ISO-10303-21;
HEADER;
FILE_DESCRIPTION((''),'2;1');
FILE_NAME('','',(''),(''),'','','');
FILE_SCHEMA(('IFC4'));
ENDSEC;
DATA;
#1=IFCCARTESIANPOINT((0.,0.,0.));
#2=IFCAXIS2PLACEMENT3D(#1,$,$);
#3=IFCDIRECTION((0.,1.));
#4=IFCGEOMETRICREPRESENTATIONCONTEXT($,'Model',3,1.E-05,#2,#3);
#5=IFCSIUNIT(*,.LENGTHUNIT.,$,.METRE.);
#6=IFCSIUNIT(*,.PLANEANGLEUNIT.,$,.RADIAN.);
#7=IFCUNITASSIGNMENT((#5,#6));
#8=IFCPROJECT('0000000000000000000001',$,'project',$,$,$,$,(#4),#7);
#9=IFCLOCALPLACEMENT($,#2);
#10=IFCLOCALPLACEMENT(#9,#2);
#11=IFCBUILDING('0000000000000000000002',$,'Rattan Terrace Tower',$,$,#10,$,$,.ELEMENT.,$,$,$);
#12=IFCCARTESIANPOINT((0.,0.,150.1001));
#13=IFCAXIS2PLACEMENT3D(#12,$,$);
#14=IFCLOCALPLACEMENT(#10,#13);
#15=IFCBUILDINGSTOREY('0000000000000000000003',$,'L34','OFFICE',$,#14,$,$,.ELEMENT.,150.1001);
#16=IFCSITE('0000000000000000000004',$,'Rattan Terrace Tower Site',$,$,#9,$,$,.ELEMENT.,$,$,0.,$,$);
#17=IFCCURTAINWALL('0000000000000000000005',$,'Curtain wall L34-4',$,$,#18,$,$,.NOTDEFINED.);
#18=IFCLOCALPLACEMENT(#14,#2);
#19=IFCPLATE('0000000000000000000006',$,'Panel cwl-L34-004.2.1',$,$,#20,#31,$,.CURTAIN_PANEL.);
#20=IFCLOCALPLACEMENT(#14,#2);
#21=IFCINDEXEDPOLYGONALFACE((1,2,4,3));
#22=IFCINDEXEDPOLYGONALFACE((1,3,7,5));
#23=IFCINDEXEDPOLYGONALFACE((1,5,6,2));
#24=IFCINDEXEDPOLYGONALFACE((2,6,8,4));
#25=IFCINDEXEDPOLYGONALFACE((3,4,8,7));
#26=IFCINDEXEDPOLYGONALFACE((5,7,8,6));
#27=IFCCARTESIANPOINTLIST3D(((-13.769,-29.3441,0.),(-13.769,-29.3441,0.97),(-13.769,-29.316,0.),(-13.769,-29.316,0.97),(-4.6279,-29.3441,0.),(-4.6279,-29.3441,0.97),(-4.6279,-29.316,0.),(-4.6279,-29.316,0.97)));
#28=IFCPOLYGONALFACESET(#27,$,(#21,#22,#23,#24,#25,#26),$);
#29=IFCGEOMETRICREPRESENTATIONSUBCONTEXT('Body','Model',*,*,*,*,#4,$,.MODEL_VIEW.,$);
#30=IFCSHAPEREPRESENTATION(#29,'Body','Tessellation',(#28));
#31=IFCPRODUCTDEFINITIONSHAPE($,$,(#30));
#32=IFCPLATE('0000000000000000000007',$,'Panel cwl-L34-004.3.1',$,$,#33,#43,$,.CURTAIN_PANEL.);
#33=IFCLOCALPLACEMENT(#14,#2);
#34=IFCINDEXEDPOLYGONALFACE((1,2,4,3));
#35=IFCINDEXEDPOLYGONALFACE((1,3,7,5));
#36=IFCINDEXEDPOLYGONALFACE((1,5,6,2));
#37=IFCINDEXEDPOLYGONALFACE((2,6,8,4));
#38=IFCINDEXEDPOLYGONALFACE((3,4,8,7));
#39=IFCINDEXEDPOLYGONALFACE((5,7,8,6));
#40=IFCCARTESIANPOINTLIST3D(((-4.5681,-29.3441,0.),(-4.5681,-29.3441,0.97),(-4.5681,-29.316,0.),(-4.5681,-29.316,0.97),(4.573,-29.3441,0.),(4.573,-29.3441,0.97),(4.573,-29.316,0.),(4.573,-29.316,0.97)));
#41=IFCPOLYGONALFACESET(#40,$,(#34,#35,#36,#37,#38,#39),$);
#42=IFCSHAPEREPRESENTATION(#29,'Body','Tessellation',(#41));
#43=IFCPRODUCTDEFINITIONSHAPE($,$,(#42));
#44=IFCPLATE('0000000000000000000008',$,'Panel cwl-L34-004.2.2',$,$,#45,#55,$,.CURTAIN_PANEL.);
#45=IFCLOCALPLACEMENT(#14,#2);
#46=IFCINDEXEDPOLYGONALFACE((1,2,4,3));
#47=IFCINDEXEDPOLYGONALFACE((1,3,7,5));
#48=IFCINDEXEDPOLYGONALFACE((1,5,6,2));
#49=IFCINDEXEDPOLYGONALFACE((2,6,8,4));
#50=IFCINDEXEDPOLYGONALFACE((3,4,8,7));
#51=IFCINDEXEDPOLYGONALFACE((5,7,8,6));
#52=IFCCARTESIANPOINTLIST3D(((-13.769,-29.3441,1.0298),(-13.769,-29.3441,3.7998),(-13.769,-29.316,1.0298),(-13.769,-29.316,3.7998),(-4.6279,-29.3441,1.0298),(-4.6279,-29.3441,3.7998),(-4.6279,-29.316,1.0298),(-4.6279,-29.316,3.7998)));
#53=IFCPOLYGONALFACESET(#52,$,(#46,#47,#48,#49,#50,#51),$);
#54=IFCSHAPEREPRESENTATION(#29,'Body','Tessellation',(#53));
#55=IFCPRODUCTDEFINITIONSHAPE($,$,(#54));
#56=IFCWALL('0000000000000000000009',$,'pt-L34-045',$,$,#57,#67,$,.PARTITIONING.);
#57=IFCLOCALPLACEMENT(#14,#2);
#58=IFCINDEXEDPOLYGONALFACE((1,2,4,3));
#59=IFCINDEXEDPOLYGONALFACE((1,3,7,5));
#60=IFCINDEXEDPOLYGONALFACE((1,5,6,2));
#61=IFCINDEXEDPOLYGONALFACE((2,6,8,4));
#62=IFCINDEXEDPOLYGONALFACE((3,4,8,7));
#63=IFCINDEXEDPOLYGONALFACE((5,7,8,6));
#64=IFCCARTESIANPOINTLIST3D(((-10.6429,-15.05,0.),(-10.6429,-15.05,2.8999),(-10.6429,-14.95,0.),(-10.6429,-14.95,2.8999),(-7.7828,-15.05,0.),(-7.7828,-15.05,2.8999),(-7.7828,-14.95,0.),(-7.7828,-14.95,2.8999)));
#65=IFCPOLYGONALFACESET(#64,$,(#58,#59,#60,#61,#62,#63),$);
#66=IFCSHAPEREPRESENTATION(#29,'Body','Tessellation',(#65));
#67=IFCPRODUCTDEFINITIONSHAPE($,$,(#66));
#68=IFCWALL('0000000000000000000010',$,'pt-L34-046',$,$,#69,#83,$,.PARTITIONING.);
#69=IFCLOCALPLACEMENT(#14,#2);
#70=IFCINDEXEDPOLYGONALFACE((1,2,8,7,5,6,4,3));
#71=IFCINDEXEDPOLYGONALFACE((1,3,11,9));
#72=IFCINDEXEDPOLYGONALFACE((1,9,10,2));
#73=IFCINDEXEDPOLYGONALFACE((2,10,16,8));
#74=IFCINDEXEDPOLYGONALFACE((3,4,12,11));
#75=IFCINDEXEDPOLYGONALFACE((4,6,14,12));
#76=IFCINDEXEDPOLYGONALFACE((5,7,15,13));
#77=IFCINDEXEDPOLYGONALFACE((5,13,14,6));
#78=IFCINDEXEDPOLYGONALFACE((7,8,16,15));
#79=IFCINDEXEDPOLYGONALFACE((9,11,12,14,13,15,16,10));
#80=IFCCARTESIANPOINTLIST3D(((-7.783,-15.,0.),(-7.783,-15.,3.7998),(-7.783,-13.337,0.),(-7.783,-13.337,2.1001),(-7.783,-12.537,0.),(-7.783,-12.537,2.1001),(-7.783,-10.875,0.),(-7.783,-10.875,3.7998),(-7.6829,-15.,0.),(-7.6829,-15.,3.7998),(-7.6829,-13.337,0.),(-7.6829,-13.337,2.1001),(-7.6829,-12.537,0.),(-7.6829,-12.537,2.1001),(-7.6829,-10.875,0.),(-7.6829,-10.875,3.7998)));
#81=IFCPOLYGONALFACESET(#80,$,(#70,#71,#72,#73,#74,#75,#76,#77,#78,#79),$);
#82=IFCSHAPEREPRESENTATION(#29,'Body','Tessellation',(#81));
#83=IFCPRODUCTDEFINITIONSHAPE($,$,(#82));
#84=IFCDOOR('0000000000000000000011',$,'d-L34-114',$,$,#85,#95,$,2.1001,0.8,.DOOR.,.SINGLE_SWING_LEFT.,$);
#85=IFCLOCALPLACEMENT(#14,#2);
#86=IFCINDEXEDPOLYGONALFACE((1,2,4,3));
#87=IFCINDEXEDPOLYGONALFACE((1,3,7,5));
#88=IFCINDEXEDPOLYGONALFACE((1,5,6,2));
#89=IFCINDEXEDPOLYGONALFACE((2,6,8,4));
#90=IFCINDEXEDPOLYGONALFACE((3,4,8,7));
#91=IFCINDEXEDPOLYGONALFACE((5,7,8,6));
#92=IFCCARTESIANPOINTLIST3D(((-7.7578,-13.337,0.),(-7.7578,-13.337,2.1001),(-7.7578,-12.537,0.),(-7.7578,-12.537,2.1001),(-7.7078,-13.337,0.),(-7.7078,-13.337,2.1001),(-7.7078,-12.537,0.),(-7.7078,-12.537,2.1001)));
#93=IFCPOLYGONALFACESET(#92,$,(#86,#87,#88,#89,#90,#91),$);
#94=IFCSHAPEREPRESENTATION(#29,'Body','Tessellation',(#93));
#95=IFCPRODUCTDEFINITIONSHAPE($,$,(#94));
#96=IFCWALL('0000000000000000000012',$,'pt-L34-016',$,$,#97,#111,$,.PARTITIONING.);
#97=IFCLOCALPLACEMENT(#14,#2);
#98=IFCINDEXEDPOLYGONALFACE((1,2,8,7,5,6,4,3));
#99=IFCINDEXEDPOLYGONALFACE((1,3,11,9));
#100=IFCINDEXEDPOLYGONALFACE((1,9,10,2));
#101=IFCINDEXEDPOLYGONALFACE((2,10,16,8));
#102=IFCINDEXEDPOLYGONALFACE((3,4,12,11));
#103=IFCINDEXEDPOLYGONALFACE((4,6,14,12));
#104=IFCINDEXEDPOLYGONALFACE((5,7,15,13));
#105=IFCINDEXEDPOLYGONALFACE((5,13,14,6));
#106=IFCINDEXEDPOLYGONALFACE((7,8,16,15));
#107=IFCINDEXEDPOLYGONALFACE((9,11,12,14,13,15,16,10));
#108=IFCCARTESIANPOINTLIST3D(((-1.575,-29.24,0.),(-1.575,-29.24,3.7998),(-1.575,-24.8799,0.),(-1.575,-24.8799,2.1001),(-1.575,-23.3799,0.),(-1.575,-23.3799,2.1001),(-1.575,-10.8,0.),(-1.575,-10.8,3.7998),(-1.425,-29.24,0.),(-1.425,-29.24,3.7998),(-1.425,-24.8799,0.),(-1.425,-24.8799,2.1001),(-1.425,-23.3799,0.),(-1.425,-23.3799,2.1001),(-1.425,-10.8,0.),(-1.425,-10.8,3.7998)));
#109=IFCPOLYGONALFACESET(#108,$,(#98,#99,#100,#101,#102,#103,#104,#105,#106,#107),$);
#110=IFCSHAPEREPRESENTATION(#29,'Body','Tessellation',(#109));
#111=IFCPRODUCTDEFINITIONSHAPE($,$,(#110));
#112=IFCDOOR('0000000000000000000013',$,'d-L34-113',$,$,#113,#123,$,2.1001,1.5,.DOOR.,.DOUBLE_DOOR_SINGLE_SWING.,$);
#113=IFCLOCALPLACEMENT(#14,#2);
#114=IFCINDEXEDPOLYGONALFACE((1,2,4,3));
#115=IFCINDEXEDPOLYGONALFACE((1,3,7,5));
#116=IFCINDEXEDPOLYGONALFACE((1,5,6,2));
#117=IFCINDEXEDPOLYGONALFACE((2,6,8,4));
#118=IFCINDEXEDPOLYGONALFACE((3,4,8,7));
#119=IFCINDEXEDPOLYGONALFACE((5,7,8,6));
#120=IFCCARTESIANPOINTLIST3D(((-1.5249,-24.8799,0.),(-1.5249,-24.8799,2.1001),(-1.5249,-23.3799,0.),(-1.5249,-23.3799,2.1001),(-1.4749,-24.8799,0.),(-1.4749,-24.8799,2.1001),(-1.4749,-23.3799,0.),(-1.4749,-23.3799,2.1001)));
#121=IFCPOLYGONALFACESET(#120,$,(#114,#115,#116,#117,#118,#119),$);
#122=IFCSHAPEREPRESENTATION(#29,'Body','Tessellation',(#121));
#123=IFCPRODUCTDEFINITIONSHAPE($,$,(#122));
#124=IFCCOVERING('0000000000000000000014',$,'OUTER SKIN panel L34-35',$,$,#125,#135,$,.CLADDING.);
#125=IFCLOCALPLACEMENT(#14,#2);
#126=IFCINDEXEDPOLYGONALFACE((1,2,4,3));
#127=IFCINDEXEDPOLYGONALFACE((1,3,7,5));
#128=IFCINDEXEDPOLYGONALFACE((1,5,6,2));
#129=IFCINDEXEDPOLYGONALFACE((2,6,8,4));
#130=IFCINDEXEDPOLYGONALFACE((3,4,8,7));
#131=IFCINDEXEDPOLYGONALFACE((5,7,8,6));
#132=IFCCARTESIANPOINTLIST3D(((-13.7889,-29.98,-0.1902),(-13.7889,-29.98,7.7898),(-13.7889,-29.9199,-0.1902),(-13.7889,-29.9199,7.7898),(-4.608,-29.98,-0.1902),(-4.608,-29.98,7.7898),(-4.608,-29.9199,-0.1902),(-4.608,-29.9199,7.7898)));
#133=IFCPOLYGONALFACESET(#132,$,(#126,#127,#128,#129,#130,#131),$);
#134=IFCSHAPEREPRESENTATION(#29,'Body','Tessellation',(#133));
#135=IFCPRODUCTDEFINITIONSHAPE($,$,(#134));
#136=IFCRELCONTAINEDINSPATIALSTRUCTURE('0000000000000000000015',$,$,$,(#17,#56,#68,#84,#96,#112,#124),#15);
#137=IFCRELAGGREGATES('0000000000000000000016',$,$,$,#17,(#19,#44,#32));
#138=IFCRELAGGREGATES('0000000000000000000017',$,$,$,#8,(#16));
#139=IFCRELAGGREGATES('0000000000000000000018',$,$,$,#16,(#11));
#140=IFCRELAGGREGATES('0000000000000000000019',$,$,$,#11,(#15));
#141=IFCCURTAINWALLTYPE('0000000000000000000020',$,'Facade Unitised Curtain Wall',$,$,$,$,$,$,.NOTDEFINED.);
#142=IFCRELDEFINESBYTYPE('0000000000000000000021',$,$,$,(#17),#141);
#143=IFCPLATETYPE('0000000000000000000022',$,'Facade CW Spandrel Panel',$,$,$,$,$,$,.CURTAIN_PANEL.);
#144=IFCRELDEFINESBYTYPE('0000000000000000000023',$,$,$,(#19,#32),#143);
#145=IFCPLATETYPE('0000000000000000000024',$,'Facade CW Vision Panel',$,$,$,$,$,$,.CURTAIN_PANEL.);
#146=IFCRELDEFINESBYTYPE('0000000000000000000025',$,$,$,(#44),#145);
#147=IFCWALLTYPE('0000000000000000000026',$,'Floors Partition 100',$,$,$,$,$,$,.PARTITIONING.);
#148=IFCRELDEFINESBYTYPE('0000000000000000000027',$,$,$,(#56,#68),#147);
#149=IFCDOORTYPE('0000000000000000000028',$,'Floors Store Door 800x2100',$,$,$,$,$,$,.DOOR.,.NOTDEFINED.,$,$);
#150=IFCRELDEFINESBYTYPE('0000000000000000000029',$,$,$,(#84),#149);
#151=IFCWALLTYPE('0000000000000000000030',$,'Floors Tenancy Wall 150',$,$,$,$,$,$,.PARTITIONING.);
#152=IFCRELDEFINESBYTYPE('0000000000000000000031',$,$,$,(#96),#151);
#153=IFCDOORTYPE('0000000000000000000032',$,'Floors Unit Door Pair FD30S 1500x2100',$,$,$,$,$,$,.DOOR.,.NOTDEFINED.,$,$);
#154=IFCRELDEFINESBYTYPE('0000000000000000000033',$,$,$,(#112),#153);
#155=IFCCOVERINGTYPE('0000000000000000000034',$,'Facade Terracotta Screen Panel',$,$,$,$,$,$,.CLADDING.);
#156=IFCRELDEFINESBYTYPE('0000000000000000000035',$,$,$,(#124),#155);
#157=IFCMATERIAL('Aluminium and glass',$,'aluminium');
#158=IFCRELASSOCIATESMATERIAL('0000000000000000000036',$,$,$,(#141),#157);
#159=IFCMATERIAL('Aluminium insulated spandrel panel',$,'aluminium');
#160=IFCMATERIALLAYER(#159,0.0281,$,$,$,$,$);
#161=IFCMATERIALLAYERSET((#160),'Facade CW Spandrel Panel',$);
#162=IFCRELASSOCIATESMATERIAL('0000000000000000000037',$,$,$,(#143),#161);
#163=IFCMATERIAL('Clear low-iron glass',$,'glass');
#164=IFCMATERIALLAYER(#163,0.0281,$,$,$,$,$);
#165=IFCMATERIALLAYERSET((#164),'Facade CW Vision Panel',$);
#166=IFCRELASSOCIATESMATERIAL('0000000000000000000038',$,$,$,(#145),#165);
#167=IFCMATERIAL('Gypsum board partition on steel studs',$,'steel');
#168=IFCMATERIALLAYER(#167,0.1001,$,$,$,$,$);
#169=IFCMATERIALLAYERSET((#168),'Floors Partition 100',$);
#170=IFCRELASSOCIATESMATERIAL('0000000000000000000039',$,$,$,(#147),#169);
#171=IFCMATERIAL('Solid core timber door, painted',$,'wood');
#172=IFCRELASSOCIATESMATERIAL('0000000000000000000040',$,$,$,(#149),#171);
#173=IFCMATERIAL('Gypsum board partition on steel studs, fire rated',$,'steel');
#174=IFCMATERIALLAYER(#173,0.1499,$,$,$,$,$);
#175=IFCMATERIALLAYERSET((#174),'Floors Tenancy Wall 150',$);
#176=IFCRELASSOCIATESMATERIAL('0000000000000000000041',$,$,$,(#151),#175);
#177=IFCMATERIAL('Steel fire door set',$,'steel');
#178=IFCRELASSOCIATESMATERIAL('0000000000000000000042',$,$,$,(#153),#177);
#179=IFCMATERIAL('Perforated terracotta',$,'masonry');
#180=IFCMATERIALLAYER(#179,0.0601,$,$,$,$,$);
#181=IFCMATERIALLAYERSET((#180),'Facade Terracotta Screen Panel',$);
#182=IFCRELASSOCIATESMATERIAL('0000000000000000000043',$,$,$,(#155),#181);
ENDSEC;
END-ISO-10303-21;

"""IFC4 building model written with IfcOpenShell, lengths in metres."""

from ifc_helpers import new_model, si_unit, direction, frame, frame_2d, origin, origin_2d, place, context, subcontext, project, spatial, rectangle, extrude, material, layer, layer_set, type_object, element, fill, aggregate, save


model = new_model("IFC4")

# Units and contexts
model_context = context("Model", 3, precision=1e-05, world=origin(), true_north=direction((0.0, 1.0)))
body_context = subcontext(model_context, "Body", "Model", "MODEL_VIEW")
ifc_project = project(units=[si_unit("LENGTHUNIT", "METRE"), si_unit("PLANEANGLEUNIT", "RADIAN")], contexts=[model_context])

# Site, building, storey
site_placement = place(None, origin())
site = spatial("IfcSite", under=ifc_project, at=site_placement, Name="Rattan Terrace Tower Site", CompositionType="ELEMENT", RefElevation=0.0)
building_placement = place(site_placement, origin())
building = spatial("IfcBuilding", under=site, at=building_placement, Name="Rattan Terrace Tower", CompositionType="ELEMENT")
storey_placement = place(building_placement, frame((0.0, 0.0, 150.1001)))
storey = spatial("IfcBuildingStorey", under=building, at=storey_placement, Name="L34", Description="OFFICE", CompositionType="ELEMENT", Elevation=150.1001)

# Curtain wall
ifc_material_1 = material(Name="Aluminium and glass", Category="aluminium")
curtain_wall_type = type_object("IfcCurtainWallType", Name="Facade Unitised Curtain Wall", PredefinedType="NOTDEFINED", material=ifc_material_1)
curtain_wall_placement = place(storey_placement, origin())
curtain_wall = element("IfcCurtainWall", 1, at=curtain_wall_placement, inside=storey, type_object=curtain_wall_type, Name="Curtain wall L34-4", PredefinedType="NOTDEFINED")

# Plates
ifc_material_2 = material(Name="Aluminium insulated spandrel panel", Category="aluminium")
ifc_layer_1 = layer(ifc_material_2, 0.0281)
ifc_layer_set_1 = layer_set([ifc_layer_1], Name="Facade CW Spandrel Panel")
plate_type_1 = type_object("IfcPlateType", Name="Facade CW Spandrel Panel", PredefinedType="CURTAIN_PANEL", material=ifc_layer_set_1)
plate_1_placement = place(storey_placement, frame((-9.1985, -29.3301, 0.0), z_axis=(0.0, 0.0, 1.0), x_axis=(1.0, 0.0, 0.0)))
plate_1 = element("IfcPlate", 2, at=plate_1_placement, type_object=plate_type_1, Name="Panel cwl-L34-004.2.1", PredefinedType="CURTAIN_PANEL", context=body_context, shape_type="SweptSolid", body=[
    extrude(rectangle(XDim=9.1411, YDim=0.0281, at=origin_2d()), origin(), (0.0, 0.0, 1.0), 0.97),
])
plate_2_placement = place(storey_placement, frame((0.0024, -29.3301, 0.0), z_axis=(0.0, 0.0, 1.0), x_axis=(1.0, 0.0, 0.0)))
plate_2 = element("IfcPlate", 3, at=plate_2_placement, type_object=plate_type_1, Name="Panel cwl-L34-004.3.1", PredefinedType="CURTAIN_PANEL", context=body_context, shape_type="SweptSolid", body=[
    extrude(rectangle(XDim=9.1411, YDim=0.0281, at=origin_2d()), origin(), (0.0, 0.0, 1.0), 0.97),
])
ifc_material_3 = material(Name="Clear low-iron glass", Category="glass")
ifc_layer_2 = layer(ifc_material_3, 0.0281)
ifc_layer_set_2 = layer_set([ifc_layer_2], Name="Facade CW Vision Panel")
plate_type_2 = type_object("IfcPlateType", Name="Facade CW Vision Panel", PredefinedType="CURTAIN_PANEL", material=ifc_layer_set_2)
plate_3_placement = place(storey_placement, frame((-9.1985, -29.3301, 1.0298), z_axis=(0.0, 0.0, 1.0), x_axis=(1.0, 0.0, 0.0)))
plate_3 = element("IfcPlate", 4, at=plate_3_placement, type_object=plate_type_2, Name="Panel cwl-L34-004.2.2", PredefinedType="CURTAIN_PANEL", context=body_context, shape_type="SweptSolid", body=[
    extrude(rectangle(XDim=9.1411, YDim=0.0281, at=origin_2d()), origin(), (0.0, 0.0, 1.0), 2.77),
])
aggregate(curtain_wall, [plate_1, plate_3, plate_2])

# Wall
ifc_material_4 = material(Name="Gypsum board partition on steel studs", Category="steel")
ifc_layer_3 = layer(ifc_material_4, 0.1001)
ifc_layer_set_3 = layer_set([ifc_layer_3], Name="Floors Partition 100")
wall_type_1 = type_object("IfcWallType", Name="Floors Partition 100", PredefinedType="PARTITIONING", material=ifc_layer_set_3)
wall_1_placement = place(storey_placement, frame((-10.6431, -15.0, 0.0), z_axis=(0.0, 0.0, 1.0), x_axis=(1.0, 0.0, 0.0)))
element("IfcWall", 5, at=wall_1_placement, inside=storey, type_object=wall_type_1, Name="pt-L34-045", PredefinedType="PARTITIONING", context=body_context, shape_type="SweptSolid", body=[
    extrude(rectangle(XDim=2.8601, YDim=0.1001, at=frame_2d((1.4302, 0.0))), origin(), (0.0, 0.0, 1.0), 2.8999),
])

# Walls, openings, doors
wall_2_placement = place(storey_placement, frame((-7.7329, -15.0, 0.0), z_axis=(0.0, 0.0, 1.0), x_axis=(0.0, 1.0, 0.0)))
wall_2 = element("IfcWall", 6, at=wall_2_placement, inside=storey, type_object=wall_type_1, Name="pt-L34-046", PredefinedType="PARTITIONING", context=body_context, shape_type="SweptSolid", body=[
    extrude(rectangle(XDim=4.125, YDim=0.1001, at=frame_2d((2.0625, 0.0))), origin(), (0.0, 0.0, 1.0), 3.7998),
])
opening_1_placement = place(wall_2_placement, frame((1.6631, 0.0, 0.0)))
opening_1 = element("IfcOpeningElement", 7, at=opening_1_placement, cuts=wall_2, PredefinedType="OPENING", context=body_context, shape_type="SweptSolid", body=[
    extrude(rectangle(XDim=0.8, YDim=2.1001, at=frame_2d((0.3999, 1.05))), frame((0.0, 0.0605, 0.0), z_axis=(0.0, -1.0, 0.0), x_axis=(1.0, 0.0, 0.0)), (0.0, 0.0, 1.0), 0.1211),
])
ifc_material_5 = material(Name="Solid core timber door, painted", Category="wood")
door_type_1 = type_object("IfcDoorType", Name="Floors Store Door 800x2100", OperationType="NOTDEFINED", PredefinedType="DOOR", material=ifc_material_5)
door_1_placement = place(opening_1_placement, origin())
door_1 = element("IfcDoor", 8, at=door_1_placement, inside=storey, type_object=door_type_1, Name="d-L34-114", OperationType="SINGLE_SWING_LEFT", OverallHeight=2.1001, OverallWidth=0.8, PredefinedType="DOOR", context=body_context, shape_type="SweptSolid", body=[
    extrude(rectangle(XDim=0.8, YDim=2.1001, at=frame_2d((0.3999, 1.05))), frame((0.0, 0.0249, 0.0), z_axis=(0.0, -1.0, 0.0), x_axis=(1.0, 0.0, 0.0)), (0.0, 0.0, 1.0), 0.05),
])
fill(opening_1, door_1)
ifc_material_6 = material(Name="Gypsum board partition on steel studs, fire rated", Category="steel")
ifc_layer_4 = layer(ifc_material_6, 0.1499)
ifc_layer_set_4 = layer_set([ifc_layer_4], Name="Floors Tenancy Wall 150")
wall_type_2 = type_object("IfcWallType", Name="Floors Tenancy Wall 150", PredefinedType="PARTITIONING", material=ifc_layer_set_4)
wall_3_placement = place(storey_placement, frame((-1.5, -29.24, 0.0), z_axis=(0.0, 0.0, 1.0), x_axis=(0.0, 1.0, 0.0)))
wall_3 = element("IfcWall", 9, at=wall_3_placement, inside=storey, type_object=wall_type_2, Name="pt-L34-016", PredefinedType="PARTITIONING", context=body_context, shape_type="SweptSolid", body=[
    extrude(rectangle(XDim=18.4399, YDim=0.1499, at=frame_2d((9.22, 0.0))), origin(), (0.0, 0.0, 1.0), 3.7998),
])
opening_2_placement = place(wall_3_placement, frame((4.3601, 0.0, 0.0)))
opening_2 = element("IfcOpeningElement", 10, at=opening_2_placement, cuts=wall_3, PredefinedType="OPENING", context=body_context, shape_type="SweptSolid", body=[
    extrude(rectangle(XDim=1.5, YDim=2.1001, at=frame_2d((0.75, 1.05))), frame((0.0, 0.0854, 0.0), z_axis=(0.0, -1.0, 0.0), x_axis=(1.0, 0.0, 0.0)), (0.0, 0.0, 1.0), 0.1709),
])
ifc_material_7 = material(Name="Steel fire door set", Category="steel")
door_type_2 = type_object("IfcDoorType", Name="Floors Unit Door Pair FD30S 1500x2100", OperationType="NOTDEFINED", PredefinedType="DOOR", material=ifc_material_7)
door_2_placement = place(opening_2_placement, origin())
door_2 = element("IfcDoor", 11, at=door_2_placement, inside=storey, type_object=door_type_2, Name="d-L34-113", OperationType="DOUBLE_DOOR_SINGLE_SWING", OverallHeight=2.1001, OverallWidth=1.5, PredefinedType="DOOR", context=body_context, shape_type="SweptSolid", body=[
    extrude(rectangle(XDim=1.5, YDim=2.1001, at=frame_2d((0.75, 1.05))), frame((0.0, 0.0249, 0.0), z_axis=(0.0, -1.0, 0.0), x_axis=(1.0, 0.0, 0.0)), (0.0, 0.0, 1.0), 0.05),
])
fill(opening_2, door_2)

# Covering
ifc_material_8 = material(Name="Perforated terracotta", Category="masonry")
ifc_layer_5 = layer(ifc_material_8, 0.0601)
ifc_layer_set_5 = layer_set([ifc_layer_5], Name="Facade Terracotta Screen Panel")
covering_type = type_object("IfcCoveringType", Name="Facade Terracotta Screen Panel", PredefinedType="CLADDING", material=ifc_layer_set_5)
covering_placement = place(storey_placement, frame((-9.1985, -29.95, -0.1902), z_axis=(0.0, 0.0, 1.0), x_axis=(1.0, 0.0, 0.0)))
element("IfcCovering", 12, at=covering_placement, inside=storey, type_object=covering_type, Name="OUTER SKIN panel L34-35", PredefinedType="CLADDING", context=body_context, shape_type="SweptSolid", body=[
    extrude(rectangle(XDim=9.1809, YDim=0.0601, at=origin_2d()), origin(), (0.0, 0.0, 1.0), 7.98),
])

save(model, "model.ifc")
